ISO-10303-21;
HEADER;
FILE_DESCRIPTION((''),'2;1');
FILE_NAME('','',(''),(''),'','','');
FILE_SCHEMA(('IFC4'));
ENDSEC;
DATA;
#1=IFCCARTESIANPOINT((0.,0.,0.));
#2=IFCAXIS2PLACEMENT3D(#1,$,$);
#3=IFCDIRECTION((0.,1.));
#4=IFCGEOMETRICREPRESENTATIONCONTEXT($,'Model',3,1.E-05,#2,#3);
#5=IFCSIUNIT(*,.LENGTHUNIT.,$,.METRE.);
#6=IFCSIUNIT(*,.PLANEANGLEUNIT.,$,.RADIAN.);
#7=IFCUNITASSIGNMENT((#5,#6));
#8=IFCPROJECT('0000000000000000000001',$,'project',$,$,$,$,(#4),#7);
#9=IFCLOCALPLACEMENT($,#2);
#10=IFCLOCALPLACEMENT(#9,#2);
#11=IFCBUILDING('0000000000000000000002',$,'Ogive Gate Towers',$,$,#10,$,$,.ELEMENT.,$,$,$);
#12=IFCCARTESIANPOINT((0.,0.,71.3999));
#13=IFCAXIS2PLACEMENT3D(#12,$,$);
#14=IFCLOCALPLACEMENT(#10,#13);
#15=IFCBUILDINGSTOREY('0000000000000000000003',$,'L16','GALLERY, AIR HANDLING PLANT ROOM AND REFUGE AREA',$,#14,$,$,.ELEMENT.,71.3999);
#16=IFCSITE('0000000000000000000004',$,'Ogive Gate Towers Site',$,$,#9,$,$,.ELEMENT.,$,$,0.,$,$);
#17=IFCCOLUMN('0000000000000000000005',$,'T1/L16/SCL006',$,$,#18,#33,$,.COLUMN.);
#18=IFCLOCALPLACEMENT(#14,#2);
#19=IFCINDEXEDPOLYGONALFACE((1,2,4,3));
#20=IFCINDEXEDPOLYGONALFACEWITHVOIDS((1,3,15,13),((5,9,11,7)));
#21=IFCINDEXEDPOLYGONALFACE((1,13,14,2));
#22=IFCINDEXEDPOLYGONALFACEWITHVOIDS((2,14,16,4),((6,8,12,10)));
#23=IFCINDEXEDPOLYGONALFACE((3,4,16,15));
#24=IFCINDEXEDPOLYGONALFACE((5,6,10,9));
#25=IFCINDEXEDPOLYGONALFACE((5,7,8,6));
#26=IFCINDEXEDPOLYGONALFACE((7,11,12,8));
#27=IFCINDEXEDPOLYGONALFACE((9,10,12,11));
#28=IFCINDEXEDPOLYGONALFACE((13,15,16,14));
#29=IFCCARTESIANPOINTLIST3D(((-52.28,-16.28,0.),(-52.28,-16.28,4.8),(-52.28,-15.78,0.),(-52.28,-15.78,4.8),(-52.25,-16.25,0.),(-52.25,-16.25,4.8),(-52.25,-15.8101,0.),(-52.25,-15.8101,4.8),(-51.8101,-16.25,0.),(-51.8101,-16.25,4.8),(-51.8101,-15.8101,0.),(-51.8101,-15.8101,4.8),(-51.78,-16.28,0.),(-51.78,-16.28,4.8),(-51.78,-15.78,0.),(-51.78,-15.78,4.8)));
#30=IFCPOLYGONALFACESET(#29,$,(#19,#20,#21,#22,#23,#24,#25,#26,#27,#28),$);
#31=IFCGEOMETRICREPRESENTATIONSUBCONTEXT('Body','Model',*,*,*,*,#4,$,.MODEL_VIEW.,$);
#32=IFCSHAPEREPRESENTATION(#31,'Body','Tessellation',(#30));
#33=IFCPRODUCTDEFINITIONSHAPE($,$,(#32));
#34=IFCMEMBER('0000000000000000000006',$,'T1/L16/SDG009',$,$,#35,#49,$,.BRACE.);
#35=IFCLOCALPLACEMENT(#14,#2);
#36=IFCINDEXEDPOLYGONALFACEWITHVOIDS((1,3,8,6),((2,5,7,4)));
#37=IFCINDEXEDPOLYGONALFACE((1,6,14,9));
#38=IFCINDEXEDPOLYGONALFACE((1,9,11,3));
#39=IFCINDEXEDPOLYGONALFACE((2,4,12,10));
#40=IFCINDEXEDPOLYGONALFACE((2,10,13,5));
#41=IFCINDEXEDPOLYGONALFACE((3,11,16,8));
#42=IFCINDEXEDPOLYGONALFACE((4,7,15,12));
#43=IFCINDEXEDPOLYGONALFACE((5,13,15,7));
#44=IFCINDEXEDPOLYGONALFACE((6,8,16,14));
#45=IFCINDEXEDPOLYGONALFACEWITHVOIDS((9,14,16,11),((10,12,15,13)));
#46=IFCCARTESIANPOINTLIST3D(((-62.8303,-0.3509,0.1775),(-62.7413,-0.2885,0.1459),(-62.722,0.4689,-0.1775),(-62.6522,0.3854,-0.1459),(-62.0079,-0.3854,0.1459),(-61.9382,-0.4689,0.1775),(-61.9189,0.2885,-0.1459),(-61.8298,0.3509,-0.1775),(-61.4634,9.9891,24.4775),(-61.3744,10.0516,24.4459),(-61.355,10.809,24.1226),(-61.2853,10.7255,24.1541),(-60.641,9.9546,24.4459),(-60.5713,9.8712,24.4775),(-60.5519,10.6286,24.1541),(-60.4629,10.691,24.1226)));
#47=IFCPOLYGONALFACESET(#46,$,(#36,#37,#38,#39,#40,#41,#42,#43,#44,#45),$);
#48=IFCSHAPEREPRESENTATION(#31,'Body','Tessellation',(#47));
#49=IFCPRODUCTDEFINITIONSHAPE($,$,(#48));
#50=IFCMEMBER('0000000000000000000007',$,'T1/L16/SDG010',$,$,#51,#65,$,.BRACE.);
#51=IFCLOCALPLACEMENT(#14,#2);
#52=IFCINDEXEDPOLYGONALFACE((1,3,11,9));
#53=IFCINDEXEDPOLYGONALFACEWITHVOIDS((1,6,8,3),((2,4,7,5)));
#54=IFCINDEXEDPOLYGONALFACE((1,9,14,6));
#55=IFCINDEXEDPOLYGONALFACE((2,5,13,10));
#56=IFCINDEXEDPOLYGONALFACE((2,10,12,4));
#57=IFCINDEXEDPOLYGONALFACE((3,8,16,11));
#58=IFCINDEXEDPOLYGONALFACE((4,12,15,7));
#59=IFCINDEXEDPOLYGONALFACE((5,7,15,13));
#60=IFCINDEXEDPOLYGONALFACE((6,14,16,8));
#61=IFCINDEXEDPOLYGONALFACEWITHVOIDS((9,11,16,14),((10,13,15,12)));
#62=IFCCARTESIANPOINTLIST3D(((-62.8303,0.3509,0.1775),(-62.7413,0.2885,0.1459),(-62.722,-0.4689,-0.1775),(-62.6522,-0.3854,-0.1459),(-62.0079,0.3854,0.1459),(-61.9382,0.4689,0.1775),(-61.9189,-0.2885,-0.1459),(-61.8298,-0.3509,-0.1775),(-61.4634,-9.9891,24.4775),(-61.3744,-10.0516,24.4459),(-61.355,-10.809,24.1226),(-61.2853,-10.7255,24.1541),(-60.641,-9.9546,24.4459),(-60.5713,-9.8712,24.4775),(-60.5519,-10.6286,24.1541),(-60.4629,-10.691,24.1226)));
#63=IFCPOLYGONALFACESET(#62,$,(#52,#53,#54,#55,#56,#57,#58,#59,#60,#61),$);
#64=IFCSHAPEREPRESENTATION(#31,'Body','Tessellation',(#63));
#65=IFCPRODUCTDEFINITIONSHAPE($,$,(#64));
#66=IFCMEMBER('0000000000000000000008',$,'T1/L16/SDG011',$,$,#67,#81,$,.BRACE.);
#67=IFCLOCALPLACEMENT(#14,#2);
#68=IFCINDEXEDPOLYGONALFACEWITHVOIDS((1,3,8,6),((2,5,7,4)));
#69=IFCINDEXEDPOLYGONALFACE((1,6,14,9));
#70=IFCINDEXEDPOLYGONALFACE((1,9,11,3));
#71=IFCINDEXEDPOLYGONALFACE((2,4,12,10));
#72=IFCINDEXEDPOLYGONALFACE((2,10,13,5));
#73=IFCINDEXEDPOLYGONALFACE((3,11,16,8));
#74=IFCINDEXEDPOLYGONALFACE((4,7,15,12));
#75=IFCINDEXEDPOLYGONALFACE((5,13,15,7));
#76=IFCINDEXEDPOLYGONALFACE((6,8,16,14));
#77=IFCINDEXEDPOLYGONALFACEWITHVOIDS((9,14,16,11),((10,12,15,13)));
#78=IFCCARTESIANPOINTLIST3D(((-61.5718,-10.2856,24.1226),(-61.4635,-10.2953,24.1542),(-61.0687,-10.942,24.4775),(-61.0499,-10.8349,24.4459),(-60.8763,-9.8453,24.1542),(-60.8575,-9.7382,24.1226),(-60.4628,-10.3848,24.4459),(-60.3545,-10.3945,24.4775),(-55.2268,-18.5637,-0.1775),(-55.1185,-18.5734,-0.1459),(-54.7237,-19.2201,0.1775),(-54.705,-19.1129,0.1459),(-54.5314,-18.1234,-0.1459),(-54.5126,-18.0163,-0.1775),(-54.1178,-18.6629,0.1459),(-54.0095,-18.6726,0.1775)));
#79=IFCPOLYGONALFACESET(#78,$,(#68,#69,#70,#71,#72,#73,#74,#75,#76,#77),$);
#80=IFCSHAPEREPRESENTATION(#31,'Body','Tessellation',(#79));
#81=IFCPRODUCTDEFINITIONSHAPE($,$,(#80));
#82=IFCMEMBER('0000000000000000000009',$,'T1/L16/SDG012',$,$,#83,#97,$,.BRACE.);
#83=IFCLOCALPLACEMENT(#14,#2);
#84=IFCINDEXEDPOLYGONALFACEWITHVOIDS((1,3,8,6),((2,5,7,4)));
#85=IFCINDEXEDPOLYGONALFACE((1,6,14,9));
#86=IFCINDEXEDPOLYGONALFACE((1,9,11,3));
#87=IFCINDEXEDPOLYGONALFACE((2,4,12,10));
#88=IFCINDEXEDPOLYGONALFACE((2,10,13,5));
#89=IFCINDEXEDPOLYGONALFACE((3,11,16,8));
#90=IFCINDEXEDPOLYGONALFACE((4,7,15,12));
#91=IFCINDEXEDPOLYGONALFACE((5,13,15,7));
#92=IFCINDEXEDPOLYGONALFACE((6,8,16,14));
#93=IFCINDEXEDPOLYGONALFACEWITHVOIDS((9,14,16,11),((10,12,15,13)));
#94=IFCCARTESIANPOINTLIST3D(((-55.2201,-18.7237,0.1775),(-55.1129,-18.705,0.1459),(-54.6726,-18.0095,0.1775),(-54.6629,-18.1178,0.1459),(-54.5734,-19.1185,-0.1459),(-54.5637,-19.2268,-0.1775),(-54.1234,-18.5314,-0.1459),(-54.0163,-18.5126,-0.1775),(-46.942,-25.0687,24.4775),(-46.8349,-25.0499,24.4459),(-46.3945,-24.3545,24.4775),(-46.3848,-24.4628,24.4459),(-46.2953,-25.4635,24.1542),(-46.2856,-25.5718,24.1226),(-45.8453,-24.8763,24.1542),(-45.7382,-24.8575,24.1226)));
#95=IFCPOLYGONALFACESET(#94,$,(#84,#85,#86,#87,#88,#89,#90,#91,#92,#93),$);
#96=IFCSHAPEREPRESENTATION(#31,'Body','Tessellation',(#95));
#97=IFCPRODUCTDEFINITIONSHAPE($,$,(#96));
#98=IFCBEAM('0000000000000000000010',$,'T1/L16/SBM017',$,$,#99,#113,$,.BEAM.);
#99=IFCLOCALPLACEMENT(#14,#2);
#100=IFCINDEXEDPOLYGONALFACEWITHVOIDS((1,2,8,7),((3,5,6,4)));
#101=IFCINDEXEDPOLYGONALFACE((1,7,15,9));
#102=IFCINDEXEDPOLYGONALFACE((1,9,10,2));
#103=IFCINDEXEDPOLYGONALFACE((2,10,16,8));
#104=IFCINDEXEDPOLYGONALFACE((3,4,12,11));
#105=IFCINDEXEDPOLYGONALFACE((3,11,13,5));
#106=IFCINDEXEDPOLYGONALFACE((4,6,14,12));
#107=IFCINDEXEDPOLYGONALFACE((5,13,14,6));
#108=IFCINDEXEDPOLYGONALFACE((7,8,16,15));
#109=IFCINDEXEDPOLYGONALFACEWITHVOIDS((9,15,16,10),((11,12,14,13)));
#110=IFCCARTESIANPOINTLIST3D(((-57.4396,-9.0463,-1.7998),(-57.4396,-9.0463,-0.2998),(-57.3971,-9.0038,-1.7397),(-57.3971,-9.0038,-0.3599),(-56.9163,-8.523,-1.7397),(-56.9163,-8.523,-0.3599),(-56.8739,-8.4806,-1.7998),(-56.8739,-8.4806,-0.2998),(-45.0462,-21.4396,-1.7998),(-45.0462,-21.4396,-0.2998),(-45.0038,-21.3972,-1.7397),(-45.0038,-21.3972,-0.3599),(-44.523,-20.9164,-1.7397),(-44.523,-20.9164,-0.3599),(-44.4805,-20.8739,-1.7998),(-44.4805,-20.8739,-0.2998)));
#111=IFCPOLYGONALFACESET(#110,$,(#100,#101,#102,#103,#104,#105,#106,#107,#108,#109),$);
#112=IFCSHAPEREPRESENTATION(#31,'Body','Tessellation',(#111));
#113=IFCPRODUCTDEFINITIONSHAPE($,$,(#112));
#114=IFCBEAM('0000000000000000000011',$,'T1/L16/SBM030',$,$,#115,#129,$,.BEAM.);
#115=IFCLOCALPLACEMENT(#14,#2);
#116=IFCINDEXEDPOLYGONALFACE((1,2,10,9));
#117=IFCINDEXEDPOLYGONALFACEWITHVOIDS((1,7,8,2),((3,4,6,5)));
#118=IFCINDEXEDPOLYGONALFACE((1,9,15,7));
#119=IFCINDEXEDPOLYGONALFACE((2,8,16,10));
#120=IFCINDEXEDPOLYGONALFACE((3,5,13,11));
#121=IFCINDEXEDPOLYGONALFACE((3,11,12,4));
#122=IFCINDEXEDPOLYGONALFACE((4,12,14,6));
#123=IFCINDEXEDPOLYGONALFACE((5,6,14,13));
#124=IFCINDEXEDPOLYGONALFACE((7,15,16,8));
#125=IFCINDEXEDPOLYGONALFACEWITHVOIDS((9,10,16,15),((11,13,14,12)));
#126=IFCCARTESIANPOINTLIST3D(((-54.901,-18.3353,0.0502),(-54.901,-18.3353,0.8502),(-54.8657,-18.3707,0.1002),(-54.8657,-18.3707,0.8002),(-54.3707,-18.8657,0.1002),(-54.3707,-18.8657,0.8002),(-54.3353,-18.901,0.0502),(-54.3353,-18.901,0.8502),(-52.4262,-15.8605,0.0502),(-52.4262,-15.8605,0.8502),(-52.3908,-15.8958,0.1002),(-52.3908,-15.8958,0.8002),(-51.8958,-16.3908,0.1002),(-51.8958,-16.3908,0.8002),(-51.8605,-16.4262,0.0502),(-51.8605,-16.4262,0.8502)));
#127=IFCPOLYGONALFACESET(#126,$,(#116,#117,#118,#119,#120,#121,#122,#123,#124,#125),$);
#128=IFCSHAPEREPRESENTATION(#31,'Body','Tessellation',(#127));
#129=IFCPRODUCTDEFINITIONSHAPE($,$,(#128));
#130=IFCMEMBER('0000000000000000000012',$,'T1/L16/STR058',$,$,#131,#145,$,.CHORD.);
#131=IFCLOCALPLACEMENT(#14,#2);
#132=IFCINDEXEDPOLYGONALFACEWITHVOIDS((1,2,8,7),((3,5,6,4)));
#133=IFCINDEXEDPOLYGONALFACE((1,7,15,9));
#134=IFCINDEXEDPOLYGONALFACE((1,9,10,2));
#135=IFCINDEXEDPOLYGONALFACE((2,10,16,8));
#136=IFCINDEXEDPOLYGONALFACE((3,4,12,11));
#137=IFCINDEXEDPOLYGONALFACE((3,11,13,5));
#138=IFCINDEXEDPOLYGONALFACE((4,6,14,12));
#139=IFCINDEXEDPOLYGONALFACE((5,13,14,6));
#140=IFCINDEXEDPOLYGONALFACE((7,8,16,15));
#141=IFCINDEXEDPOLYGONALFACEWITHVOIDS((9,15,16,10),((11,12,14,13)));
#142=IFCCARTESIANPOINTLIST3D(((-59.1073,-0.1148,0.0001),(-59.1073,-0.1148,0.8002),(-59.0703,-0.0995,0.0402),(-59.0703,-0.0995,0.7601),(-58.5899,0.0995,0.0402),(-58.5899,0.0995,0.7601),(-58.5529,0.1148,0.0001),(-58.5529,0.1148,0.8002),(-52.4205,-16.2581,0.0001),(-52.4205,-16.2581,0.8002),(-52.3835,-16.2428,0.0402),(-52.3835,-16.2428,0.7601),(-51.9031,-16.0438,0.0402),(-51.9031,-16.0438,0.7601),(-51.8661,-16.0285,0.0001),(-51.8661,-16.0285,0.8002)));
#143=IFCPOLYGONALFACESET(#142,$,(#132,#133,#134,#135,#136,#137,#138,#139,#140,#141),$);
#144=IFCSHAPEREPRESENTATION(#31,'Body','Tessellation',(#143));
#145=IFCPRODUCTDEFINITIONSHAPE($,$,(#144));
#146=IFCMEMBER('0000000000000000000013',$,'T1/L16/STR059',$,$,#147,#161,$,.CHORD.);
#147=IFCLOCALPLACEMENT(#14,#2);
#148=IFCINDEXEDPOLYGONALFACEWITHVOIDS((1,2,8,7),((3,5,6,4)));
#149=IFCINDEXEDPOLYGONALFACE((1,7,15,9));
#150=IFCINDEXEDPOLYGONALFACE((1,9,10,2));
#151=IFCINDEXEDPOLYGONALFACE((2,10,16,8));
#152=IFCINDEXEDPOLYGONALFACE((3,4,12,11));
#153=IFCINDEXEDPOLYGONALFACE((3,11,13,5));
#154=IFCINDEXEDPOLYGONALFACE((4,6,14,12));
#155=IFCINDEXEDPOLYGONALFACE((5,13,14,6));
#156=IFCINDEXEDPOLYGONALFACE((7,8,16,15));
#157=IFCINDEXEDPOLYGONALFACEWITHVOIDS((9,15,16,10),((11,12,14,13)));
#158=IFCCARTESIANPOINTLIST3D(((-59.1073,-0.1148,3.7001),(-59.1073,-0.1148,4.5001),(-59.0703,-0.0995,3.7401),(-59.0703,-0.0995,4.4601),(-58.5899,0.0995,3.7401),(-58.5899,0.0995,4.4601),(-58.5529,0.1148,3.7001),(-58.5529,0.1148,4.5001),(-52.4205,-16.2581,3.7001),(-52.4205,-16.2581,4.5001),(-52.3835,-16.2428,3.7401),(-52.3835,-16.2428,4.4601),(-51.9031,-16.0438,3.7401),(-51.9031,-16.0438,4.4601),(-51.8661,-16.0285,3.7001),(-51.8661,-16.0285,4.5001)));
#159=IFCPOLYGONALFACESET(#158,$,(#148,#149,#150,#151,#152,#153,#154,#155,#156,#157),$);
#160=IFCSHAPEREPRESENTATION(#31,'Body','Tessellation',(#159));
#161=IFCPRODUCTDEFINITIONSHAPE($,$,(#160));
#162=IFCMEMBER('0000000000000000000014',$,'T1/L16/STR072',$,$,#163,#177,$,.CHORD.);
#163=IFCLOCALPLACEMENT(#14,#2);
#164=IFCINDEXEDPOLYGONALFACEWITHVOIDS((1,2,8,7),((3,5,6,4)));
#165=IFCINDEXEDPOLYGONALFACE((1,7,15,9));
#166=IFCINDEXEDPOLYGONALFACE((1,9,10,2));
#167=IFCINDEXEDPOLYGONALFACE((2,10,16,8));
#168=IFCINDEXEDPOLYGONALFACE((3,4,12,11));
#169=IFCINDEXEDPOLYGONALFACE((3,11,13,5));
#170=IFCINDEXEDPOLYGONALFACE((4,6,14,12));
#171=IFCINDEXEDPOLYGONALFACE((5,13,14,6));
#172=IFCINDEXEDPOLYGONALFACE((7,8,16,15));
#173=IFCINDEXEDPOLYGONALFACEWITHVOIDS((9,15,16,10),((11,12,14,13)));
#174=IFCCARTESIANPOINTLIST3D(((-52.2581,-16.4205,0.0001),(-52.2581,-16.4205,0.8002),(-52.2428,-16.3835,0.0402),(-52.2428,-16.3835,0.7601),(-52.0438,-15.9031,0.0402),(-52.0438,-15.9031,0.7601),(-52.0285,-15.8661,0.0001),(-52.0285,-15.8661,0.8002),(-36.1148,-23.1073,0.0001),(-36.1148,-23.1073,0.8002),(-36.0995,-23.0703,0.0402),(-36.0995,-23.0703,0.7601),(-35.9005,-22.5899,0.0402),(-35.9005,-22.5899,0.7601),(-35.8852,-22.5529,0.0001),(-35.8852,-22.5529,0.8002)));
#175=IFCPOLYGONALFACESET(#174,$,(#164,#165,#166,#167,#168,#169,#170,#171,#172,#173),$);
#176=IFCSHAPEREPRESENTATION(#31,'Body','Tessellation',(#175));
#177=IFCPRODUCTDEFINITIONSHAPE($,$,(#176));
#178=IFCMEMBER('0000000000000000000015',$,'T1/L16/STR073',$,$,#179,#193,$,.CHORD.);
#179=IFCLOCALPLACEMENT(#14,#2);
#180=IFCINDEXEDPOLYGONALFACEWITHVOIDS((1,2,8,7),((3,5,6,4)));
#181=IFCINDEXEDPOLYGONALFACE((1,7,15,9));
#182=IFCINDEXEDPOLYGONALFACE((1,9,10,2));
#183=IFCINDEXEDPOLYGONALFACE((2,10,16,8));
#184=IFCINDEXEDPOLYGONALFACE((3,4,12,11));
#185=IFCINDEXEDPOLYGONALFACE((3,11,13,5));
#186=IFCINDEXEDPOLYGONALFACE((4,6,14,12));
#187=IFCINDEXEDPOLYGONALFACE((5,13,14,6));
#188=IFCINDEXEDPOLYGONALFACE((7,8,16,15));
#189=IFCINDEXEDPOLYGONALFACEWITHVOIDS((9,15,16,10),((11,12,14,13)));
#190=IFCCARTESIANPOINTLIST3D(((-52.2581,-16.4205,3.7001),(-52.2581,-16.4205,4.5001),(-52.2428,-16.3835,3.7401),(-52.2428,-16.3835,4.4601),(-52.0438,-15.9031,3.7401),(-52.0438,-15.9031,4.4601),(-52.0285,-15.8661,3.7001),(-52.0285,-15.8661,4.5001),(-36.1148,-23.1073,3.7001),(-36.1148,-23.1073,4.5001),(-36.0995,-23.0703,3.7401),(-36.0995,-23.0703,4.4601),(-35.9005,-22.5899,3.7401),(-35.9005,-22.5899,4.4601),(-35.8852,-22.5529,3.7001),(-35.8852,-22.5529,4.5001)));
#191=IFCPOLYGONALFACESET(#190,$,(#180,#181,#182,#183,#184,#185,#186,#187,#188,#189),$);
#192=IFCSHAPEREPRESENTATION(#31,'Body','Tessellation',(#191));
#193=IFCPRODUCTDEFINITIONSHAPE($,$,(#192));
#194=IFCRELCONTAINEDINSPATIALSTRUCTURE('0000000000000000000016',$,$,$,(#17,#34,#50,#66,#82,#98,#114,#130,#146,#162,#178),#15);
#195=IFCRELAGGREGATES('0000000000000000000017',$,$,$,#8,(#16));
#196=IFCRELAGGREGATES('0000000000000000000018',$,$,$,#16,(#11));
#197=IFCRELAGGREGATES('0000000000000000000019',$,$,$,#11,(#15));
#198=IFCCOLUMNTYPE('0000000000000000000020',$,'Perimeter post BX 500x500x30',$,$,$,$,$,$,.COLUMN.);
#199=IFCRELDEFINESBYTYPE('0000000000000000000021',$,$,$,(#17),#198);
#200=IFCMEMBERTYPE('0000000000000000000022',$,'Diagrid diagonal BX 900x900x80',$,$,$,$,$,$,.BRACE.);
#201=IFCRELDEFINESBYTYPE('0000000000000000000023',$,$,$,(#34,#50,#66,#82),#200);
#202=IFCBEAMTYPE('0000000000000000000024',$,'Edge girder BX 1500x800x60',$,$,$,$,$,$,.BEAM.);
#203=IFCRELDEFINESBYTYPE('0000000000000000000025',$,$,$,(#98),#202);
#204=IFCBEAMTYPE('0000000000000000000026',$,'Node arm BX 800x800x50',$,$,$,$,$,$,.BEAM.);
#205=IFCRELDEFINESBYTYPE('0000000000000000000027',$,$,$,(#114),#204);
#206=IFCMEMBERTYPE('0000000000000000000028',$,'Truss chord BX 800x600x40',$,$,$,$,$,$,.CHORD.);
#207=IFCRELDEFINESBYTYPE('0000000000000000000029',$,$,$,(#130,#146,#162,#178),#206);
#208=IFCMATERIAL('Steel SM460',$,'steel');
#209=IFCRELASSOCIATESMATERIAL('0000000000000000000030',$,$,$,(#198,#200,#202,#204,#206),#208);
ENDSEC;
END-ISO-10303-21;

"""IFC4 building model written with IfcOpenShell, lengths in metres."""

from ifc_helpers import new_model, si_unit, direction, frame, origin, origin_2d, place, context, subcontext, project, spatial, hollow_rectangle, extrude, material, material_profile, profile_set, type_object, element, save


model = new_model("IFC4")

# Units and contexts
model_context = context("Model", 3, precision=1e-05, world=origin(), true_north=direction((0.0, 1.0)))
body_context = subcontext(model_context, "Body", "Model", "MODEL_VIEW")
ifc_project = project(units=[si_unit("LENGTHUNIT", "METRE"), si_unit("PLANEANGLEUNIT", "RADIAN")], contexts=[model_context])

# Site, building, storey
site_placement = place(None, origin())
site = spatial("IfcSite", under=ifc_project, at=site_placement, Name="Ogive Gate Towers Site", CompositionType="ELEMENT", RefElevation=0.0)
building_placement = place(site_placement, origin())
building = spatial("IfcBuilding", under=site, at=building_placement, Name="Ogive Gate Towers", CompositionType="ELEMENT")
storey_placement = place(building_placement, frame((0.0, 0.0, 71.3999)))
storey = spatial("IfcBuildingStorey", under=building, at=storey_placement, Name="L16", Description="GALLERY, AIR HANDLING PLANT ROOM AND REFUGE AREA", CompositionType="ELEMENT", Elevation=71.3999)

# Column
ifc_material_1 = material(Name="Steel SM460", Category="steel")
ifc_material_profile_1 = material_profile(ifc_material_1, hollow_rectangle(XDim=0.5, YDim=0.5, WallThickness=0.03, at=origin_2d()), Name="BX 500x500x30")
ifc_profile_set_1 = profile_set([ifc_material_profile_1], Name="Steel SM460")
column_type = type_object("IfcColumnType", Name="Perimeter post BX 500x500x30", PredefinedType="COLUMN", material=ifc_profile_set_1)
column_placement = place(storey_placement, frame((-52.03, -16.03, 0.0), z_axis=(0.0, 0.0, 1.0), x_axis=(1.0, 0.0, 0.0)))
element("IfcColumn", 1, at=column_placement, inside=storey, type_object=column_type, Name="T1/L16/SCL006", PredefinedType="COLUMN", context=body_context, shape_type="SweptSolid", body=[
    extrude(hollow_rectangle(XDim=0.5, YDim=0.5, WallThickness=0.03, at=origin_2d()), origin(), (0.0, 0.0, 1.0), 4.8),
])

# Members
ifc_material_profile_2 = material_profile(ifc_material_1, hollow_rectangle(XDim=0.8999, YDim=0.8999, WallThickness=0.0801, at=origin_2d()), Name="BX 900x900x80")
ifc_profile_set_2 = profile_set([ifc_material_profile_2], Name="Steel SM460")
member_type_1 = type_object("IfcMemberType", Name="Diagrid diagonal BX 900x900x80", PredefinedType="BRACE", material=ifc_profile_set_2)
for number, where, z_axis, x_axis, name in (
    (2, (-62.3301, 0.0, 0.0), (0.051692, 0.39102, 0.918929), (-0.991375, 0.131058, 0.0), "T1/L16/SDG009"),
    (3, (-62.3301, 0.0, 0.0), (0.051692, -0.39102, 0.918929), (0.991375, 0.131058, 0.0), "T1/L16/SDG010"),
    (4, (-54.6182, -18.6182, 0.0), (-0.239941, 0.313043, 0.91893), (-0.793678, -0.608338, 0.0), "T1/L16/SDG011"),
    (5, (-54.6182, -18.6182, 0.0), (0.313043, -0.239941, 0.91893), (0.608338, 0.793678, 0.0), "T1/L16/SDG012"),
):
    element("IfcMember", number, at=place(storey_placement, frame(where, z_axis=z_axis, x_axis=x_axis)), inside=storey, type_object=member_type_1, Name=name, PredefinedType="BRACE", context=body_context, shape_type="SweptSolid", body=[
        extrude(hollow_rectangle(XDim=0.8999, YDim=0.8999, WallThickness=0.0801, at=origin_2d()), origin(), (0.0, 0.0, 1.0), 26.4438),
    ])

# Beams
ifc_material_profile_3 = material_profile(ifc_material_1, hollow_rectangle(XDim=0.8, YDim=1.5, WallThickness=0.0601, at=origin_2d()), Name="BX 1500x800x60")
ifc_profile_set_3 = profile_set([ifc_material_profile_3], Name="Steel SM460")
beam_type_1 = type_object("IfcBeamType", Name="Edge girder BX 1500x800x60", PredefinedType="BEAM", material=ifc_profile_set_3)
beam_1_placement = place(storey_placement, frame((-57.1567, -8.7634, -1.0498), z_axis=(0.707107, -0.707107, 0.0), x_axis=(0.707107, 0.707107, 0.0)))
element("IfcBeam", 6, at=beam_1_placement, inside=storey, type_object=beam_type_1, Name="T1/L16/SBM017", PredefinedType="BEAM", context=body_context, shape_type="SweptSolid", body=[
    extrude(hollow_rectangle(XDim=0.8, YDim=1.5, WallThickness=0.0601, at=origin_2d()), origin(), (0.0, 0.0, 1.0), 17.5269),
])
ifc_material_profile_4 = material_profile(ifc_material_1, hollow_rectangle(XDim=0.8, YDim=0.8, WallThickness=0.05, at=origin_2d()), Name="BX 800x800x50")
ifc_profile_set_4 = profile_set([ifc_material_profile_4], Name="Steel SM460")
beam_type_2 = type_object("IfcBeamType", Name="Node arm BX 800x800x50", PredefinedType="BEAM", material=ifc_profile_set_4)
beam_2_placement = place(storey_placement, frame((-52.1433, -16.1433, 0.4502), z_axis=(-0.707107, -0.707107, 0.0), x_axis=(0.707107, -0.707107, 0.0)))
element("IfcBeam", 7, at=beam_2_placement, inside=storey, type_object=beam_type_2, Name="T1/L16/SBM030", PredefinedType="BEAM", context=body_context, shape_type="SweptSolid", body=[
    extrude(hollow_rectangle(XDim=0.8, YDim=0.8, WallThickness=0.05, at=origin_2d()), origin(), (0.0, 0.0, 1.0), 3.5),
])

# Members
ifc_material_profile_5 = material_profile(ifc_material_1, hollow_rectangle(XDim=0.6001, YDim=0.8, WallThickness=0.04, at=origin_2d()), Name="BX 800x600x40")
ifc_profile_set_5 = profile_set([ifc_material_profile_5], Name="Steel SM460")
member_type_2 = type_object("IfcMemberType", Name="Truss chord BX 800x600x40", PredefinedType="CHORD", material=ifc_profile_set_5)
for number, where, z_axis, x_axis, name in (
    (8, (-58.8301, 0.0, 0.4001), (0.382683, -0.92388, 0.0), (0.92388, 0.382683, 0.0), "T1/L16/STR058"),
    (9, (-58.8301, 0.0, 4.1001), (0.382683, -0.92388, 0.0), (0.92388, 0.382683, 0.0), "T1/L16/STR059"),
    (10, (-52.1433, -16.1433, 0.4001), (0.92388, -0.382683, 0.0), (0.382683, 0.92388, 0.0), "T1/L16/STR072"),
    (11, (-52.1433, -16.1433, 4.1001), (0.92388, -0.382683, 0.0), (0.382683, 0.92388, 0.0), "T1/L16/STR073"),
):
    element("IfcMember", number, at=place(storey_placement, frame(where, z_axis=z_axis, x_axis=x_axis)), inside=storey, type_object=member_type_2, Name=name, PredefinedType="CHORD", context=body_context, shape_type="SweptSolid", body=[
        extrude(hollow_rectangle(XDim=0.6001, YDim=0.8, WallThickness=0.04, at=origin_2d()), origin(), (0.0, 0.0, 1.0), 17.4734),
    ])

save(model, "model.ifc")
